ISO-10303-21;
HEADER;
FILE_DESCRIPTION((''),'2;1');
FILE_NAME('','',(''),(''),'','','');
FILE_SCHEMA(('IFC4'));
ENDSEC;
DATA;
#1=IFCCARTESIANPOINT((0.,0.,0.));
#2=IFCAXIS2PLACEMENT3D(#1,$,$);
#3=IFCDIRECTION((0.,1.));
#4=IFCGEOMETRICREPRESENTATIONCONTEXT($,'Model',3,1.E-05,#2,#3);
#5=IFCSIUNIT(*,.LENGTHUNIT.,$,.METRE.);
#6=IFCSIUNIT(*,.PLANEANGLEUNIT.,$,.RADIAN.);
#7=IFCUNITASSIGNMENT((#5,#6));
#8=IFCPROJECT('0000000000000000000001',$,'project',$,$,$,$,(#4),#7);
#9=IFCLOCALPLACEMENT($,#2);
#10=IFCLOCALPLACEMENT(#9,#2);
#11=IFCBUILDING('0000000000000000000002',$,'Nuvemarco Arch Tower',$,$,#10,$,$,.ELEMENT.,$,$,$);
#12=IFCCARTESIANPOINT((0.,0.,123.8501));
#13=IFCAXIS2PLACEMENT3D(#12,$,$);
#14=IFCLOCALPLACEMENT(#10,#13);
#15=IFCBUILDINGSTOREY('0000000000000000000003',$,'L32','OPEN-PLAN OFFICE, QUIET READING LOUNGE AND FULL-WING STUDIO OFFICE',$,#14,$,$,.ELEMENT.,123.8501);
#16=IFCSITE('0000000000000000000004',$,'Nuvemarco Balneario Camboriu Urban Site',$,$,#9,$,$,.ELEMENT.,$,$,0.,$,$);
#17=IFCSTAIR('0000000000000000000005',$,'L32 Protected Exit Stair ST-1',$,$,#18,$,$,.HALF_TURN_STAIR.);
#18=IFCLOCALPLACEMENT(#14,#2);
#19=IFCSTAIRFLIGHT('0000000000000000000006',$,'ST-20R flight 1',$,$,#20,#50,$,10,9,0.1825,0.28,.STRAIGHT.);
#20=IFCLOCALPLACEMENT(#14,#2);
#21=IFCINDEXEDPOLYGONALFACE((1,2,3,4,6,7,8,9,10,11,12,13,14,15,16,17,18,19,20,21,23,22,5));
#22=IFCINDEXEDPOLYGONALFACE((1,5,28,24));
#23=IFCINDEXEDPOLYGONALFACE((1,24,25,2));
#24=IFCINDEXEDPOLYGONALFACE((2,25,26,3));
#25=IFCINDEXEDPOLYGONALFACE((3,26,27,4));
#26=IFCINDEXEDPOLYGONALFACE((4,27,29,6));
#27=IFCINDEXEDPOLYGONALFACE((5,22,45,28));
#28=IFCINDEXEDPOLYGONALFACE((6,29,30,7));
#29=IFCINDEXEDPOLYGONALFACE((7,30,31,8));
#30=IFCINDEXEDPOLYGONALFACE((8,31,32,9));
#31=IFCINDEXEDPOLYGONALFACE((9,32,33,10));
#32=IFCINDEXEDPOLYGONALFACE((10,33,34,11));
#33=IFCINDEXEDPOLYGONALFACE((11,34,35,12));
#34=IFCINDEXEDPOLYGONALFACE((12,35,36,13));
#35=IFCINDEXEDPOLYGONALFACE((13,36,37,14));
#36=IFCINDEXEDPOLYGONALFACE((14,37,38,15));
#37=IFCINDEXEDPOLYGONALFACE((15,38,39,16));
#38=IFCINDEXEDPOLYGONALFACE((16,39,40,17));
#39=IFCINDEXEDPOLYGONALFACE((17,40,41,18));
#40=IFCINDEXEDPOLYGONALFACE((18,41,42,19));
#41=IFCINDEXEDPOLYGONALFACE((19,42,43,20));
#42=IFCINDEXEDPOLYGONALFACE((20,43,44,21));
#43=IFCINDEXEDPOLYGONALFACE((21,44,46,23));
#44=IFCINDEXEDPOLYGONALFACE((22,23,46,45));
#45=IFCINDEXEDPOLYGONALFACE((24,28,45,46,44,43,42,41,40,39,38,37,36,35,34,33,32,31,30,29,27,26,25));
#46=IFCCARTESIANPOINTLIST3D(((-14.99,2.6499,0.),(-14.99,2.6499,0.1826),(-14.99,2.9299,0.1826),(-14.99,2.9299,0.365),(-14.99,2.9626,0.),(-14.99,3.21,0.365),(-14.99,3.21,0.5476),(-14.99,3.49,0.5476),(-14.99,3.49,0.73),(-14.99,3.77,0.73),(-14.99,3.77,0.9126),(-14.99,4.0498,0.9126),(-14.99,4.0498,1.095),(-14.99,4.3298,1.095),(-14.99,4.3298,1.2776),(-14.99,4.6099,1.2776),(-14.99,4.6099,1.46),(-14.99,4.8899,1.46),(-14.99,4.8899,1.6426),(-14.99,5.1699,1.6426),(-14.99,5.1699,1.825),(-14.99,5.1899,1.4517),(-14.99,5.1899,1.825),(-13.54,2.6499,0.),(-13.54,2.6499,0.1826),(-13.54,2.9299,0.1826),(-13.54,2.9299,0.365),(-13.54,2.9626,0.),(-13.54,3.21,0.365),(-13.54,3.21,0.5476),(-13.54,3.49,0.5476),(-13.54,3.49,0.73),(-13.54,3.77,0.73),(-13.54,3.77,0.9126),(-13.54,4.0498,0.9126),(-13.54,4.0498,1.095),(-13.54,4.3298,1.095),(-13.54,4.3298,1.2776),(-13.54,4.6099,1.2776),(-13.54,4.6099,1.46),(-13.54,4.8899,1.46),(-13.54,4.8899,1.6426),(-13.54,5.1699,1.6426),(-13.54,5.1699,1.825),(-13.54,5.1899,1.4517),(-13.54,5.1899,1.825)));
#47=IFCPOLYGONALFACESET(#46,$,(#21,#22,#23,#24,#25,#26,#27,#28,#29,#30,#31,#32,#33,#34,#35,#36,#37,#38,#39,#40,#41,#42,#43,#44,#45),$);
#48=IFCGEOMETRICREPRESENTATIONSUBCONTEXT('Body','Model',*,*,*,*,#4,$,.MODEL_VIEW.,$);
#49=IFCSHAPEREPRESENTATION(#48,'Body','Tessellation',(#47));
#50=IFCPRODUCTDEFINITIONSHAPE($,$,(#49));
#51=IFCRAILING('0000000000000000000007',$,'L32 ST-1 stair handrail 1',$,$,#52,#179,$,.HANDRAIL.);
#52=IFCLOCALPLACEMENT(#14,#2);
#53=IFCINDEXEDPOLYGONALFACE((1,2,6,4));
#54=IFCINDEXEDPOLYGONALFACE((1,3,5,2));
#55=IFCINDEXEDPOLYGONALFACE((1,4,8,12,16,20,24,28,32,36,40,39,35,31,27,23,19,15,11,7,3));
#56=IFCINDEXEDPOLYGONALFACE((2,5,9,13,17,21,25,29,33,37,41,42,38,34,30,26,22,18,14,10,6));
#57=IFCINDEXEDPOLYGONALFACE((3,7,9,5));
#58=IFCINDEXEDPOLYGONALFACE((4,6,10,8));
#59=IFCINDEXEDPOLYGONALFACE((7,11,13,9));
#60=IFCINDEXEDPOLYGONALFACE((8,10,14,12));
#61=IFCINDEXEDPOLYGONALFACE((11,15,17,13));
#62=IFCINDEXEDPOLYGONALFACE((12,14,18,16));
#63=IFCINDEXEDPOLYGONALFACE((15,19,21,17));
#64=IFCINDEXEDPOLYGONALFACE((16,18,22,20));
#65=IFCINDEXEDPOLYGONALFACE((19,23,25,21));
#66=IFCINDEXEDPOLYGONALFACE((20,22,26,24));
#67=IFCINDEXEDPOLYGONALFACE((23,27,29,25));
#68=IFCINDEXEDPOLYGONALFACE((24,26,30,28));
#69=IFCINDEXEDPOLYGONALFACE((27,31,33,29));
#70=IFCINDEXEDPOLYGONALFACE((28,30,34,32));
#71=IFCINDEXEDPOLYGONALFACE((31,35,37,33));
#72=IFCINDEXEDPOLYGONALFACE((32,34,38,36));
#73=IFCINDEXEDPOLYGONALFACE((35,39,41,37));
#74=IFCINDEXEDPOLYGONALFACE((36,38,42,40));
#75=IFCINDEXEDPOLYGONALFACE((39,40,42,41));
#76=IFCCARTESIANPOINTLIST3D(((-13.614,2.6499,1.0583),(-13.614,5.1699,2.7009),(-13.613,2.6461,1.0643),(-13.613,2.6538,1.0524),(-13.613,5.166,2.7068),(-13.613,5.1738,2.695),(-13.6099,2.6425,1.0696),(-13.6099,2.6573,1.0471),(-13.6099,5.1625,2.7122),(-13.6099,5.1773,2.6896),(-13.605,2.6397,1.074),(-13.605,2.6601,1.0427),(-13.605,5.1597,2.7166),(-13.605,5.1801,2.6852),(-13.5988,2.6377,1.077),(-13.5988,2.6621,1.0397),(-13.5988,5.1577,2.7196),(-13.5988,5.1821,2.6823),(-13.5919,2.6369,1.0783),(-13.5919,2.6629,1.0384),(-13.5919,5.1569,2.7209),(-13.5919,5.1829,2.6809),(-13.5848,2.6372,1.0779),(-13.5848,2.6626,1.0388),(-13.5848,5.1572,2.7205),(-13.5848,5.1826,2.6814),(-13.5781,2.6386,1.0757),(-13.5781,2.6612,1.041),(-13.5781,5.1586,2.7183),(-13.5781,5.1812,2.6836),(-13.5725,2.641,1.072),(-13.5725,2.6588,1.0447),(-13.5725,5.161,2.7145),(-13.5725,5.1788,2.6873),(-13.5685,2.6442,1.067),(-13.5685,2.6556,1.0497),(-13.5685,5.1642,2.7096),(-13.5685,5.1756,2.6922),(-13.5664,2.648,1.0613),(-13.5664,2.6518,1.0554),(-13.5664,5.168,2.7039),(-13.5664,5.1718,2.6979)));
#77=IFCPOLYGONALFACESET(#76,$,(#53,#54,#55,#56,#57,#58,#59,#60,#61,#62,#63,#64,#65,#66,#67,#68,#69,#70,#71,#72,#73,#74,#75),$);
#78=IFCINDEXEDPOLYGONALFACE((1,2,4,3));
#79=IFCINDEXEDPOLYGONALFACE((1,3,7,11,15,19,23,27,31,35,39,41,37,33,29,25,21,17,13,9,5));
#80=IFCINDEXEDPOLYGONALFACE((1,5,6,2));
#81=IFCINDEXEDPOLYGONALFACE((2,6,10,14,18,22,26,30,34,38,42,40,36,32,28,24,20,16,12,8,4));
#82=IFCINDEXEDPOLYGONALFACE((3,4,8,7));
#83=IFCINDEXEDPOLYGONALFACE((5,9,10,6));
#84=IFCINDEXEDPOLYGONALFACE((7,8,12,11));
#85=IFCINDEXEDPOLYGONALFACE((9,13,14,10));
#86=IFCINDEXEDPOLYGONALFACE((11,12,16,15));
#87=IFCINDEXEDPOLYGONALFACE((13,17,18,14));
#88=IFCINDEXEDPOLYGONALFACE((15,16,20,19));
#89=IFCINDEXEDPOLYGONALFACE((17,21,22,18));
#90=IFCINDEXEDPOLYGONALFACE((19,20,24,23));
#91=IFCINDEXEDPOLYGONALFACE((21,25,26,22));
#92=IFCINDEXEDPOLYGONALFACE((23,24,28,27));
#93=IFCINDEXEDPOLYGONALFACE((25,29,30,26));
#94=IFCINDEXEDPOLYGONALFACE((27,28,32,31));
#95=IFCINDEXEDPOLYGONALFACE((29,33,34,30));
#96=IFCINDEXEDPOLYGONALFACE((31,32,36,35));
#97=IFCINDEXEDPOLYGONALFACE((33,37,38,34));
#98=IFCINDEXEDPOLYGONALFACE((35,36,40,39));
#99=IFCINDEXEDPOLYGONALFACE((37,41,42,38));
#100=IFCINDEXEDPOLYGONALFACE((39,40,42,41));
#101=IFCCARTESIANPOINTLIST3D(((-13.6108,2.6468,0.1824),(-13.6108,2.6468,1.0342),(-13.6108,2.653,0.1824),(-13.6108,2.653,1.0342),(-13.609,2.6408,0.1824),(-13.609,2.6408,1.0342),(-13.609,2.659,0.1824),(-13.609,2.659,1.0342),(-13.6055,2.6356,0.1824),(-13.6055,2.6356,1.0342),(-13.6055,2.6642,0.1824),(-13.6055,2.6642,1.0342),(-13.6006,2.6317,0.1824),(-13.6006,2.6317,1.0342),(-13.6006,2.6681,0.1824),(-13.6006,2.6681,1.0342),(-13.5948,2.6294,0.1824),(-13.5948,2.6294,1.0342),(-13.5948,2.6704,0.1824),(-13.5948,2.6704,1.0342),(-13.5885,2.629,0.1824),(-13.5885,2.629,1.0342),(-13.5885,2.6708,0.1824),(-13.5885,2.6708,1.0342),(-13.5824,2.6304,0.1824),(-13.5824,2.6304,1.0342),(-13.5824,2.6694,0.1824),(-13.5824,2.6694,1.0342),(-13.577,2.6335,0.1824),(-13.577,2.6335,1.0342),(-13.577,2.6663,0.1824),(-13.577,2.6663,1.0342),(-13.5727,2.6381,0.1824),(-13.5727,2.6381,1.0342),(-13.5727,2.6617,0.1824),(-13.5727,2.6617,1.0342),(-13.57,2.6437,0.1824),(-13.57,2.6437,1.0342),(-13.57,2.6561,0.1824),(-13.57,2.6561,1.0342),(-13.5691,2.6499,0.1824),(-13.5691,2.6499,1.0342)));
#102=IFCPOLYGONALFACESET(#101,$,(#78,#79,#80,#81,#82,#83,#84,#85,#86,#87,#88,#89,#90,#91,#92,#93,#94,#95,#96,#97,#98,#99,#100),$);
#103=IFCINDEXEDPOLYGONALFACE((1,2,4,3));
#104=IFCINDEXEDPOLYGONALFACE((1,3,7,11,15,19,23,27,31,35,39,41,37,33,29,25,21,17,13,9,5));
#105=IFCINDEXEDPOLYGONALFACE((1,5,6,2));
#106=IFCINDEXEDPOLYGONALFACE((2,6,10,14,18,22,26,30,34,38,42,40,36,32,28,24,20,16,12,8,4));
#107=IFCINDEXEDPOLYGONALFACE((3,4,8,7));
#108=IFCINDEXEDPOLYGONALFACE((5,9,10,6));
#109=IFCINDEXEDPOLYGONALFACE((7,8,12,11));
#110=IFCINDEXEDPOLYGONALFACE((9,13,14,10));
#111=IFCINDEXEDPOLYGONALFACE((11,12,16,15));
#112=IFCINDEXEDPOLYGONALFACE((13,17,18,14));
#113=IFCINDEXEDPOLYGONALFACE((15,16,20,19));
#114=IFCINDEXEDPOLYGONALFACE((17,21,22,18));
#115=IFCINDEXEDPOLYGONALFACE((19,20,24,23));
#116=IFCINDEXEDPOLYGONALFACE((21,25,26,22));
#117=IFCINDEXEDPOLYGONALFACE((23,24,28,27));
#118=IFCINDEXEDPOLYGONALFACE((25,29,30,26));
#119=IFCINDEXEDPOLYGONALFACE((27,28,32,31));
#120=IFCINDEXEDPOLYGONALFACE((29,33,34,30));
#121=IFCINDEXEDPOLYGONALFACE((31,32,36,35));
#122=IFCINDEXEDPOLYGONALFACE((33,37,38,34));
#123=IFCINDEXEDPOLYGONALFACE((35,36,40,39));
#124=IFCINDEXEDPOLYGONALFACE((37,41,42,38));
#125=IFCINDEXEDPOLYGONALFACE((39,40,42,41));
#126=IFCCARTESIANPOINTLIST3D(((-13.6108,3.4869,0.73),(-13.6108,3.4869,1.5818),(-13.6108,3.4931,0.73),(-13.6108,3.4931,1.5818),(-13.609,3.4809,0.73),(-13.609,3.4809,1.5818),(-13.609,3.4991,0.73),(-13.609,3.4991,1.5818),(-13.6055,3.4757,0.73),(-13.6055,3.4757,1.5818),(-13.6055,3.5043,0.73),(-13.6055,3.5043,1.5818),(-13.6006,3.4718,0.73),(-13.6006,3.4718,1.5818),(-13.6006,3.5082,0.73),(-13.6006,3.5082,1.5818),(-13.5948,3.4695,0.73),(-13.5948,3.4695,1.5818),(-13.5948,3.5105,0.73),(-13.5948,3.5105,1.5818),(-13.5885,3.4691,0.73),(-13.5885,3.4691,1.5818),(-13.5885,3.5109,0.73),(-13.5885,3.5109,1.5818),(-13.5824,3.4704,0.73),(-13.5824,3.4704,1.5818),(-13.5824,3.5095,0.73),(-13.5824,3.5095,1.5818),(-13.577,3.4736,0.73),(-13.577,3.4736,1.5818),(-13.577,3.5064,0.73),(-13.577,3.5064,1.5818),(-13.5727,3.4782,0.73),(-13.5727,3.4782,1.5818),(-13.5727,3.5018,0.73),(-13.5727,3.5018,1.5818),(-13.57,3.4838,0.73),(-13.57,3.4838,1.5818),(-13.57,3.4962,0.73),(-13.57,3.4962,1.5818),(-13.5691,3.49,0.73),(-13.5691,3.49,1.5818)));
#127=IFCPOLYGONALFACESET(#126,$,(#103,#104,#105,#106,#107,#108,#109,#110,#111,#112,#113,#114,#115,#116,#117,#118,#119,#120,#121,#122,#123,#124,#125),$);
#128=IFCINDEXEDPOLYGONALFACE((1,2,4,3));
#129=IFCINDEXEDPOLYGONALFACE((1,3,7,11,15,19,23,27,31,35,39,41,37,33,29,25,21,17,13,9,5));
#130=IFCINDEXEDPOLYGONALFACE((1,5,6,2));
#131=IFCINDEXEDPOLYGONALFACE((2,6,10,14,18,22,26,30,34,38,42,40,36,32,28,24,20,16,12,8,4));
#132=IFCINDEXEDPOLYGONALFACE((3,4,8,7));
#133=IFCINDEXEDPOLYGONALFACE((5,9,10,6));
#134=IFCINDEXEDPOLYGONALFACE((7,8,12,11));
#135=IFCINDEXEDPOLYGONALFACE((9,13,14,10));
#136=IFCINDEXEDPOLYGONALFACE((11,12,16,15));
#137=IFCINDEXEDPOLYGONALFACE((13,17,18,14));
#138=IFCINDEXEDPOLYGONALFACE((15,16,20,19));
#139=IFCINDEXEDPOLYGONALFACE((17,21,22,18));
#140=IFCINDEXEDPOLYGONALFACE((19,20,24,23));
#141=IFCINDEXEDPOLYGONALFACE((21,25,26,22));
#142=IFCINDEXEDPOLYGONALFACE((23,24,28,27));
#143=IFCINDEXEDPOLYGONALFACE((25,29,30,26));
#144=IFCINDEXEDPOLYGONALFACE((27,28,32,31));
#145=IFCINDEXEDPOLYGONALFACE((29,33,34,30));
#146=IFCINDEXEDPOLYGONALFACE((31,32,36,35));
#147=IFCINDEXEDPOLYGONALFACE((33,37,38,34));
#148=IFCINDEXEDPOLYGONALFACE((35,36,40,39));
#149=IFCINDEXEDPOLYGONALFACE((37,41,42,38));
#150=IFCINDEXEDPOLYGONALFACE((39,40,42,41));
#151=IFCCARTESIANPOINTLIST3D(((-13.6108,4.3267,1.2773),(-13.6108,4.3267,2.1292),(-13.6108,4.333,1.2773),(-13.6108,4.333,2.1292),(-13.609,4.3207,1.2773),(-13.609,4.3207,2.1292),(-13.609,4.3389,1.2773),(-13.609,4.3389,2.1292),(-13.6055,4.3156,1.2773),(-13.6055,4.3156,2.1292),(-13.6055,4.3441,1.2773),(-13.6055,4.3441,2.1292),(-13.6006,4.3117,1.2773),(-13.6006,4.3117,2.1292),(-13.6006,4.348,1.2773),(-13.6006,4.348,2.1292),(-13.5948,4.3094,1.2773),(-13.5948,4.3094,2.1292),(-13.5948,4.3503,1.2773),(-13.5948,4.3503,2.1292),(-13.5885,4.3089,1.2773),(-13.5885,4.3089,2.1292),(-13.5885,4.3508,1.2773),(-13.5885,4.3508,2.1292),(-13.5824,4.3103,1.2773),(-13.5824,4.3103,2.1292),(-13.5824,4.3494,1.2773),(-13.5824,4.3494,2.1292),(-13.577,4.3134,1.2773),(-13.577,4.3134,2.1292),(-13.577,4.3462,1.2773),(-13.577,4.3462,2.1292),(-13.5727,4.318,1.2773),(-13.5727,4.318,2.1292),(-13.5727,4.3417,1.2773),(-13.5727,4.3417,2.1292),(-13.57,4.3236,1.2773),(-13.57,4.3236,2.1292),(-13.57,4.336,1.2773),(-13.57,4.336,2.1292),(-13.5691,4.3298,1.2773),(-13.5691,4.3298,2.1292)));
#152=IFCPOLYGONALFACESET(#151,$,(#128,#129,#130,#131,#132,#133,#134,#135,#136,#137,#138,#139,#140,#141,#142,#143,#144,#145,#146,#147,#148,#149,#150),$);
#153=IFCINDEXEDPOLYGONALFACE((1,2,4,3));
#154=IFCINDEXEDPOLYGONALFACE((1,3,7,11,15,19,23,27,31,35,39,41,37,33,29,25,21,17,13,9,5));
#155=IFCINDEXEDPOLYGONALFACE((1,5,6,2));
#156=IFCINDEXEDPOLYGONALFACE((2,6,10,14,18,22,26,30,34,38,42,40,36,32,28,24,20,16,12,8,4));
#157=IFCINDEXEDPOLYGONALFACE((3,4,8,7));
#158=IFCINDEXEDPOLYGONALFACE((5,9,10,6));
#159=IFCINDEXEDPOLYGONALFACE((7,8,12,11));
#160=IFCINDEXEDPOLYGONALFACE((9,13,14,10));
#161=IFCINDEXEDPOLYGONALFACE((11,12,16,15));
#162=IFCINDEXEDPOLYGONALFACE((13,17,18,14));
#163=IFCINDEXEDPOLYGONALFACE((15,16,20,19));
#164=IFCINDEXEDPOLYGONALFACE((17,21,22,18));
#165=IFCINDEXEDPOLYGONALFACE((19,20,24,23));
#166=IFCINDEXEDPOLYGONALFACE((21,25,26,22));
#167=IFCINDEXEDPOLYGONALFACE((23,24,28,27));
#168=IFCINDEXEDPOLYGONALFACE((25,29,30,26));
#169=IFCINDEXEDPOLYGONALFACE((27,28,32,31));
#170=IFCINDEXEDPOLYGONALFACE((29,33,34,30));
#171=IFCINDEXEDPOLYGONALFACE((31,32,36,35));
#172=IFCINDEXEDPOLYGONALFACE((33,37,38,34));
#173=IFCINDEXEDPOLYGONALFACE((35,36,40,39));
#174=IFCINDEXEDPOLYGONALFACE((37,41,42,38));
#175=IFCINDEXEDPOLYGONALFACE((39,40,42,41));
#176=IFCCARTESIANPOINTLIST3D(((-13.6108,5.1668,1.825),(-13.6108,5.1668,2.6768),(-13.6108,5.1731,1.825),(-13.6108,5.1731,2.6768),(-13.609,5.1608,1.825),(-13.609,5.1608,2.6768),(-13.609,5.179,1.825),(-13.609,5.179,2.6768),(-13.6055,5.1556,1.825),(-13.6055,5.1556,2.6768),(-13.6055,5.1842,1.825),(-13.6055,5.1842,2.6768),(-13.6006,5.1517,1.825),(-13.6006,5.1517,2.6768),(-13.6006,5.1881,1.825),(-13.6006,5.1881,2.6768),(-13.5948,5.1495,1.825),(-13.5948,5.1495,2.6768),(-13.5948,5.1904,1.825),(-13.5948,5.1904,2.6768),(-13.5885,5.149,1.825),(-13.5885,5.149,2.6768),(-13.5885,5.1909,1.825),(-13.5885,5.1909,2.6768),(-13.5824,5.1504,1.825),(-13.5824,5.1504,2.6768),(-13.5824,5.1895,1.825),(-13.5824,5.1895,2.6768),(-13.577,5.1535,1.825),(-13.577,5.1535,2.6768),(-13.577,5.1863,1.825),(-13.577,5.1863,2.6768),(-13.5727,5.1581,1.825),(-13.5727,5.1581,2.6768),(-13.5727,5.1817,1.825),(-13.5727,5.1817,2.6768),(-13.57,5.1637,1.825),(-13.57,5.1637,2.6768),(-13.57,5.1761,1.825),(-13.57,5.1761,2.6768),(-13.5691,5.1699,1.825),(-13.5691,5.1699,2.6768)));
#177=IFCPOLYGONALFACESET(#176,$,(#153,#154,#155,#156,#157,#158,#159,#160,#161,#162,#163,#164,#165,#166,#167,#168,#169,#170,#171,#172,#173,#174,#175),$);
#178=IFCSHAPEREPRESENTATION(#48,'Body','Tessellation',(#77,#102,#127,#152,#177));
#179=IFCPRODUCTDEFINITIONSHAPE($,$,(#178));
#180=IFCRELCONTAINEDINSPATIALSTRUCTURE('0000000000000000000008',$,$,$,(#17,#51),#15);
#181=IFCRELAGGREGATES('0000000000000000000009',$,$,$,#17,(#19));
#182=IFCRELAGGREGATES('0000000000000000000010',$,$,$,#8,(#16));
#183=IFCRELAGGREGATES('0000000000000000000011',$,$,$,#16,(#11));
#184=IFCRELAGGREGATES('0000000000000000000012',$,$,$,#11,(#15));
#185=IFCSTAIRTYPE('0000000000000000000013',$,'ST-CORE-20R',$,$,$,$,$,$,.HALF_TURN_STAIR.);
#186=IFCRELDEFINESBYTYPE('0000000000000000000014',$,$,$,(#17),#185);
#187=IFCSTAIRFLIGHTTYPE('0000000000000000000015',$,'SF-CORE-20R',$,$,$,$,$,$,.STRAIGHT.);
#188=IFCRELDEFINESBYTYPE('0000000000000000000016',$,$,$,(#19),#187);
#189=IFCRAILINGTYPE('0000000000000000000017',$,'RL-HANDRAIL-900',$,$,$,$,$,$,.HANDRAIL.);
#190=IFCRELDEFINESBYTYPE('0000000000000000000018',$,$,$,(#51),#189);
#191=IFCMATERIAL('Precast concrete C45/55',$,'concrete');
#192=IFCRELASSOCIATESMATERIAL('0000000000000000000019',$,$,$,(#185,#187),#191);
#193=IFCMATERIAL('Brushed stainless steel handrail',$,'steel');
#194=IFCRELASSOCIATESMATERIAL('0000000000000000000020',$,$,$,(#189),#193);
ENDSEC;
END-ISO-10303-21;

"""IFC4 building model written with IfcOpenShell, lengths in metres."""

from ifc_helpers import new_model, si_unit, direction, frame, origin, origin_2d, place, context, subcontext, project, spatial, polyline, circle, outline, extrude, material, type_object, element, aggregate, save


model = new_model("IFC4")

# Units and contexts
model_context = context("Model", 3, precision=1e-05, world=origin(), true_north=direction((0.0, 1.0)))
body_context = subcontext(model_context, "Body", "Model", "MODEL_VIEW")
ifc_project = project(units=[si_unit("LENGTHUNIT", "METRE"), si_unit("PLANEANGLEUNIT", "RADIAN")], contexts=[model_context])

# Site, building, storey
site_placement = place(None, origin())
site = spatial("IfcSite", under=ifc_project, at=site_placement, Name="Nuvemarco Balneario Camboriu Urban Site", CompositionType="ELEMENT", RefElevation=0.0)
building_placement = place(site_placement, origin())
building = spatial("IfcBuilding", under=site, at=building_placement, Name="Nuvemarco Arch Tower", CompositionType="ELEMENT")
storey_placement = place(building_placement, frame((0.0, 0.0, 123.8501)))
storey = spatial("IfcBuildingStorey", under=building, at=storey_placement, Name="L32", Description="OPEN-PLAN OFFICE, QUIET READING LOUNGE AND FULL-WING STUDIO OFFICE", CompositionType="ELEMENT", Elevation=123.8501)

# Shared definitions
ifc_material_1 = material(Name="Precast concrete C45/55", Category="concrete")

# Stair, stair flight
stair_type = type_object("IfcStairType", Name="ST-CORE-20R", PredefinedType="HALF_TURN_STAIR", material=ifc_material_1)
stair_placement = place(storey_placement, origin())
stair = element("IfcStair", 1, at=stair_placement, inside=storey, type_object=stair_type, Name="L32 Protected Exit Stair ST-1", PredefinedType="HALF_TURN_STAIR")
stair_flight_type = type_object("IfcStairFlightType", Name="SF-CORE-20R", PredefinedType="STRAIGHT", material=ifc_material_1)
stair_flight_placement = place(storey_placement, frame((-14.2649, 2.6499, 0.0), z_axis=(0.0, 0.0, 1.0), x_axis=(0.0, 1.0, 0.0)))
stair_flight = element("IfcStairFlight", 2, at=stair_flight_placement, type_object=stair_flight_type, Name="ST-20R flight 1", NumberOfRisers=10, NumberOfTreads=9, PredefinedType="STRAIGHT", RiserHeight=0.1825, TreadLength=0.28, context=body_context, shape_type="SweptSolid", body=[
    extrude(outline(polyline([(0.0, 0.0), (0.0, 0.1826), (0.28, 0.1826), (0.28, 0.365), (0.5601, 0.365), (0.5601, 0.5476), (0.8401, 0.5476), (0.8401, 0.73), (1.1201, 0.73), (1.1201, 0.9126), (1.3999, 0.9126), (1.3999, 1.095), (1.6799, 1.095), (1.6799, 1.2776), (1.96, 1.2776), (1.96, 1.46), (2.24, 1.46), (2.24, 1.6426), (2.52, 1.6426), (2.52, 1.825), (2.54, 1.825), (2.54, 1.4517), (0.3127, 0.0), (0.0, 0.0)])), frame((0.0, 0.7251, 0.0), z_axis=(0.0, -1.0, 0.0), x_axis=(1.0, 0.0, 0.0)), (0.0, 0.0, 1.0), 1.45),
])
aggregate(stair, [stair_flight])

# Railing
ifc_material_2 = material(Name="Brushed stainless steel handrail", Category="steel")
railing_type_1 = type_object("IfcRailingType", Name="RL-HANDRAIL-900", PredefinedType="HANDRAIL", material=ifc_material_2)
railing_1_placement = place(storey_placement, frame((-13.5901, 2.6499, 0.1824)))
element("IfcRailing", 3, at=railing_1_placement, inside=storey, type_object=railing_type_1, Name="L32 ST-1 stair handrail 1", PredefinedType="HANDRAIL", context=body_context, shape_type="SweptSolid", body=[
    extrude(circle(Radius=0.0239, at=origin_2d()), frame((0.0, 0.0, 0.876), z_axis=(0.0, 0.837749, 0.546055), x_axis=(-1.0, 0.0, 0.0)), (0.0, 0.0, 1.0), 3.0081),
    extrude(circle(Radius=0.021, at=origin_2d()), origin(), (0.0, 0.0, 1.0), 0.8518),
    extrude(circle(Radius=0.021, at=origin_2d()), frame((0.0, 0.8401, 0.5476)), (0.0, 0.0, 1.0), 0.8518),
    extrude(circle(Radius=0.021, at=origin_2d()), frame((0.0, 1.6799, 1.095)), (0.0, 0.0, 1.0), 0.8518),
    extrude(circle(Radius=0.021, at=origin_2d()), frame((0.0, 2.52, 1.6426)), (0.0, 0.0, 1.0), 0.8518),
])

save(model, "model.ifc")
